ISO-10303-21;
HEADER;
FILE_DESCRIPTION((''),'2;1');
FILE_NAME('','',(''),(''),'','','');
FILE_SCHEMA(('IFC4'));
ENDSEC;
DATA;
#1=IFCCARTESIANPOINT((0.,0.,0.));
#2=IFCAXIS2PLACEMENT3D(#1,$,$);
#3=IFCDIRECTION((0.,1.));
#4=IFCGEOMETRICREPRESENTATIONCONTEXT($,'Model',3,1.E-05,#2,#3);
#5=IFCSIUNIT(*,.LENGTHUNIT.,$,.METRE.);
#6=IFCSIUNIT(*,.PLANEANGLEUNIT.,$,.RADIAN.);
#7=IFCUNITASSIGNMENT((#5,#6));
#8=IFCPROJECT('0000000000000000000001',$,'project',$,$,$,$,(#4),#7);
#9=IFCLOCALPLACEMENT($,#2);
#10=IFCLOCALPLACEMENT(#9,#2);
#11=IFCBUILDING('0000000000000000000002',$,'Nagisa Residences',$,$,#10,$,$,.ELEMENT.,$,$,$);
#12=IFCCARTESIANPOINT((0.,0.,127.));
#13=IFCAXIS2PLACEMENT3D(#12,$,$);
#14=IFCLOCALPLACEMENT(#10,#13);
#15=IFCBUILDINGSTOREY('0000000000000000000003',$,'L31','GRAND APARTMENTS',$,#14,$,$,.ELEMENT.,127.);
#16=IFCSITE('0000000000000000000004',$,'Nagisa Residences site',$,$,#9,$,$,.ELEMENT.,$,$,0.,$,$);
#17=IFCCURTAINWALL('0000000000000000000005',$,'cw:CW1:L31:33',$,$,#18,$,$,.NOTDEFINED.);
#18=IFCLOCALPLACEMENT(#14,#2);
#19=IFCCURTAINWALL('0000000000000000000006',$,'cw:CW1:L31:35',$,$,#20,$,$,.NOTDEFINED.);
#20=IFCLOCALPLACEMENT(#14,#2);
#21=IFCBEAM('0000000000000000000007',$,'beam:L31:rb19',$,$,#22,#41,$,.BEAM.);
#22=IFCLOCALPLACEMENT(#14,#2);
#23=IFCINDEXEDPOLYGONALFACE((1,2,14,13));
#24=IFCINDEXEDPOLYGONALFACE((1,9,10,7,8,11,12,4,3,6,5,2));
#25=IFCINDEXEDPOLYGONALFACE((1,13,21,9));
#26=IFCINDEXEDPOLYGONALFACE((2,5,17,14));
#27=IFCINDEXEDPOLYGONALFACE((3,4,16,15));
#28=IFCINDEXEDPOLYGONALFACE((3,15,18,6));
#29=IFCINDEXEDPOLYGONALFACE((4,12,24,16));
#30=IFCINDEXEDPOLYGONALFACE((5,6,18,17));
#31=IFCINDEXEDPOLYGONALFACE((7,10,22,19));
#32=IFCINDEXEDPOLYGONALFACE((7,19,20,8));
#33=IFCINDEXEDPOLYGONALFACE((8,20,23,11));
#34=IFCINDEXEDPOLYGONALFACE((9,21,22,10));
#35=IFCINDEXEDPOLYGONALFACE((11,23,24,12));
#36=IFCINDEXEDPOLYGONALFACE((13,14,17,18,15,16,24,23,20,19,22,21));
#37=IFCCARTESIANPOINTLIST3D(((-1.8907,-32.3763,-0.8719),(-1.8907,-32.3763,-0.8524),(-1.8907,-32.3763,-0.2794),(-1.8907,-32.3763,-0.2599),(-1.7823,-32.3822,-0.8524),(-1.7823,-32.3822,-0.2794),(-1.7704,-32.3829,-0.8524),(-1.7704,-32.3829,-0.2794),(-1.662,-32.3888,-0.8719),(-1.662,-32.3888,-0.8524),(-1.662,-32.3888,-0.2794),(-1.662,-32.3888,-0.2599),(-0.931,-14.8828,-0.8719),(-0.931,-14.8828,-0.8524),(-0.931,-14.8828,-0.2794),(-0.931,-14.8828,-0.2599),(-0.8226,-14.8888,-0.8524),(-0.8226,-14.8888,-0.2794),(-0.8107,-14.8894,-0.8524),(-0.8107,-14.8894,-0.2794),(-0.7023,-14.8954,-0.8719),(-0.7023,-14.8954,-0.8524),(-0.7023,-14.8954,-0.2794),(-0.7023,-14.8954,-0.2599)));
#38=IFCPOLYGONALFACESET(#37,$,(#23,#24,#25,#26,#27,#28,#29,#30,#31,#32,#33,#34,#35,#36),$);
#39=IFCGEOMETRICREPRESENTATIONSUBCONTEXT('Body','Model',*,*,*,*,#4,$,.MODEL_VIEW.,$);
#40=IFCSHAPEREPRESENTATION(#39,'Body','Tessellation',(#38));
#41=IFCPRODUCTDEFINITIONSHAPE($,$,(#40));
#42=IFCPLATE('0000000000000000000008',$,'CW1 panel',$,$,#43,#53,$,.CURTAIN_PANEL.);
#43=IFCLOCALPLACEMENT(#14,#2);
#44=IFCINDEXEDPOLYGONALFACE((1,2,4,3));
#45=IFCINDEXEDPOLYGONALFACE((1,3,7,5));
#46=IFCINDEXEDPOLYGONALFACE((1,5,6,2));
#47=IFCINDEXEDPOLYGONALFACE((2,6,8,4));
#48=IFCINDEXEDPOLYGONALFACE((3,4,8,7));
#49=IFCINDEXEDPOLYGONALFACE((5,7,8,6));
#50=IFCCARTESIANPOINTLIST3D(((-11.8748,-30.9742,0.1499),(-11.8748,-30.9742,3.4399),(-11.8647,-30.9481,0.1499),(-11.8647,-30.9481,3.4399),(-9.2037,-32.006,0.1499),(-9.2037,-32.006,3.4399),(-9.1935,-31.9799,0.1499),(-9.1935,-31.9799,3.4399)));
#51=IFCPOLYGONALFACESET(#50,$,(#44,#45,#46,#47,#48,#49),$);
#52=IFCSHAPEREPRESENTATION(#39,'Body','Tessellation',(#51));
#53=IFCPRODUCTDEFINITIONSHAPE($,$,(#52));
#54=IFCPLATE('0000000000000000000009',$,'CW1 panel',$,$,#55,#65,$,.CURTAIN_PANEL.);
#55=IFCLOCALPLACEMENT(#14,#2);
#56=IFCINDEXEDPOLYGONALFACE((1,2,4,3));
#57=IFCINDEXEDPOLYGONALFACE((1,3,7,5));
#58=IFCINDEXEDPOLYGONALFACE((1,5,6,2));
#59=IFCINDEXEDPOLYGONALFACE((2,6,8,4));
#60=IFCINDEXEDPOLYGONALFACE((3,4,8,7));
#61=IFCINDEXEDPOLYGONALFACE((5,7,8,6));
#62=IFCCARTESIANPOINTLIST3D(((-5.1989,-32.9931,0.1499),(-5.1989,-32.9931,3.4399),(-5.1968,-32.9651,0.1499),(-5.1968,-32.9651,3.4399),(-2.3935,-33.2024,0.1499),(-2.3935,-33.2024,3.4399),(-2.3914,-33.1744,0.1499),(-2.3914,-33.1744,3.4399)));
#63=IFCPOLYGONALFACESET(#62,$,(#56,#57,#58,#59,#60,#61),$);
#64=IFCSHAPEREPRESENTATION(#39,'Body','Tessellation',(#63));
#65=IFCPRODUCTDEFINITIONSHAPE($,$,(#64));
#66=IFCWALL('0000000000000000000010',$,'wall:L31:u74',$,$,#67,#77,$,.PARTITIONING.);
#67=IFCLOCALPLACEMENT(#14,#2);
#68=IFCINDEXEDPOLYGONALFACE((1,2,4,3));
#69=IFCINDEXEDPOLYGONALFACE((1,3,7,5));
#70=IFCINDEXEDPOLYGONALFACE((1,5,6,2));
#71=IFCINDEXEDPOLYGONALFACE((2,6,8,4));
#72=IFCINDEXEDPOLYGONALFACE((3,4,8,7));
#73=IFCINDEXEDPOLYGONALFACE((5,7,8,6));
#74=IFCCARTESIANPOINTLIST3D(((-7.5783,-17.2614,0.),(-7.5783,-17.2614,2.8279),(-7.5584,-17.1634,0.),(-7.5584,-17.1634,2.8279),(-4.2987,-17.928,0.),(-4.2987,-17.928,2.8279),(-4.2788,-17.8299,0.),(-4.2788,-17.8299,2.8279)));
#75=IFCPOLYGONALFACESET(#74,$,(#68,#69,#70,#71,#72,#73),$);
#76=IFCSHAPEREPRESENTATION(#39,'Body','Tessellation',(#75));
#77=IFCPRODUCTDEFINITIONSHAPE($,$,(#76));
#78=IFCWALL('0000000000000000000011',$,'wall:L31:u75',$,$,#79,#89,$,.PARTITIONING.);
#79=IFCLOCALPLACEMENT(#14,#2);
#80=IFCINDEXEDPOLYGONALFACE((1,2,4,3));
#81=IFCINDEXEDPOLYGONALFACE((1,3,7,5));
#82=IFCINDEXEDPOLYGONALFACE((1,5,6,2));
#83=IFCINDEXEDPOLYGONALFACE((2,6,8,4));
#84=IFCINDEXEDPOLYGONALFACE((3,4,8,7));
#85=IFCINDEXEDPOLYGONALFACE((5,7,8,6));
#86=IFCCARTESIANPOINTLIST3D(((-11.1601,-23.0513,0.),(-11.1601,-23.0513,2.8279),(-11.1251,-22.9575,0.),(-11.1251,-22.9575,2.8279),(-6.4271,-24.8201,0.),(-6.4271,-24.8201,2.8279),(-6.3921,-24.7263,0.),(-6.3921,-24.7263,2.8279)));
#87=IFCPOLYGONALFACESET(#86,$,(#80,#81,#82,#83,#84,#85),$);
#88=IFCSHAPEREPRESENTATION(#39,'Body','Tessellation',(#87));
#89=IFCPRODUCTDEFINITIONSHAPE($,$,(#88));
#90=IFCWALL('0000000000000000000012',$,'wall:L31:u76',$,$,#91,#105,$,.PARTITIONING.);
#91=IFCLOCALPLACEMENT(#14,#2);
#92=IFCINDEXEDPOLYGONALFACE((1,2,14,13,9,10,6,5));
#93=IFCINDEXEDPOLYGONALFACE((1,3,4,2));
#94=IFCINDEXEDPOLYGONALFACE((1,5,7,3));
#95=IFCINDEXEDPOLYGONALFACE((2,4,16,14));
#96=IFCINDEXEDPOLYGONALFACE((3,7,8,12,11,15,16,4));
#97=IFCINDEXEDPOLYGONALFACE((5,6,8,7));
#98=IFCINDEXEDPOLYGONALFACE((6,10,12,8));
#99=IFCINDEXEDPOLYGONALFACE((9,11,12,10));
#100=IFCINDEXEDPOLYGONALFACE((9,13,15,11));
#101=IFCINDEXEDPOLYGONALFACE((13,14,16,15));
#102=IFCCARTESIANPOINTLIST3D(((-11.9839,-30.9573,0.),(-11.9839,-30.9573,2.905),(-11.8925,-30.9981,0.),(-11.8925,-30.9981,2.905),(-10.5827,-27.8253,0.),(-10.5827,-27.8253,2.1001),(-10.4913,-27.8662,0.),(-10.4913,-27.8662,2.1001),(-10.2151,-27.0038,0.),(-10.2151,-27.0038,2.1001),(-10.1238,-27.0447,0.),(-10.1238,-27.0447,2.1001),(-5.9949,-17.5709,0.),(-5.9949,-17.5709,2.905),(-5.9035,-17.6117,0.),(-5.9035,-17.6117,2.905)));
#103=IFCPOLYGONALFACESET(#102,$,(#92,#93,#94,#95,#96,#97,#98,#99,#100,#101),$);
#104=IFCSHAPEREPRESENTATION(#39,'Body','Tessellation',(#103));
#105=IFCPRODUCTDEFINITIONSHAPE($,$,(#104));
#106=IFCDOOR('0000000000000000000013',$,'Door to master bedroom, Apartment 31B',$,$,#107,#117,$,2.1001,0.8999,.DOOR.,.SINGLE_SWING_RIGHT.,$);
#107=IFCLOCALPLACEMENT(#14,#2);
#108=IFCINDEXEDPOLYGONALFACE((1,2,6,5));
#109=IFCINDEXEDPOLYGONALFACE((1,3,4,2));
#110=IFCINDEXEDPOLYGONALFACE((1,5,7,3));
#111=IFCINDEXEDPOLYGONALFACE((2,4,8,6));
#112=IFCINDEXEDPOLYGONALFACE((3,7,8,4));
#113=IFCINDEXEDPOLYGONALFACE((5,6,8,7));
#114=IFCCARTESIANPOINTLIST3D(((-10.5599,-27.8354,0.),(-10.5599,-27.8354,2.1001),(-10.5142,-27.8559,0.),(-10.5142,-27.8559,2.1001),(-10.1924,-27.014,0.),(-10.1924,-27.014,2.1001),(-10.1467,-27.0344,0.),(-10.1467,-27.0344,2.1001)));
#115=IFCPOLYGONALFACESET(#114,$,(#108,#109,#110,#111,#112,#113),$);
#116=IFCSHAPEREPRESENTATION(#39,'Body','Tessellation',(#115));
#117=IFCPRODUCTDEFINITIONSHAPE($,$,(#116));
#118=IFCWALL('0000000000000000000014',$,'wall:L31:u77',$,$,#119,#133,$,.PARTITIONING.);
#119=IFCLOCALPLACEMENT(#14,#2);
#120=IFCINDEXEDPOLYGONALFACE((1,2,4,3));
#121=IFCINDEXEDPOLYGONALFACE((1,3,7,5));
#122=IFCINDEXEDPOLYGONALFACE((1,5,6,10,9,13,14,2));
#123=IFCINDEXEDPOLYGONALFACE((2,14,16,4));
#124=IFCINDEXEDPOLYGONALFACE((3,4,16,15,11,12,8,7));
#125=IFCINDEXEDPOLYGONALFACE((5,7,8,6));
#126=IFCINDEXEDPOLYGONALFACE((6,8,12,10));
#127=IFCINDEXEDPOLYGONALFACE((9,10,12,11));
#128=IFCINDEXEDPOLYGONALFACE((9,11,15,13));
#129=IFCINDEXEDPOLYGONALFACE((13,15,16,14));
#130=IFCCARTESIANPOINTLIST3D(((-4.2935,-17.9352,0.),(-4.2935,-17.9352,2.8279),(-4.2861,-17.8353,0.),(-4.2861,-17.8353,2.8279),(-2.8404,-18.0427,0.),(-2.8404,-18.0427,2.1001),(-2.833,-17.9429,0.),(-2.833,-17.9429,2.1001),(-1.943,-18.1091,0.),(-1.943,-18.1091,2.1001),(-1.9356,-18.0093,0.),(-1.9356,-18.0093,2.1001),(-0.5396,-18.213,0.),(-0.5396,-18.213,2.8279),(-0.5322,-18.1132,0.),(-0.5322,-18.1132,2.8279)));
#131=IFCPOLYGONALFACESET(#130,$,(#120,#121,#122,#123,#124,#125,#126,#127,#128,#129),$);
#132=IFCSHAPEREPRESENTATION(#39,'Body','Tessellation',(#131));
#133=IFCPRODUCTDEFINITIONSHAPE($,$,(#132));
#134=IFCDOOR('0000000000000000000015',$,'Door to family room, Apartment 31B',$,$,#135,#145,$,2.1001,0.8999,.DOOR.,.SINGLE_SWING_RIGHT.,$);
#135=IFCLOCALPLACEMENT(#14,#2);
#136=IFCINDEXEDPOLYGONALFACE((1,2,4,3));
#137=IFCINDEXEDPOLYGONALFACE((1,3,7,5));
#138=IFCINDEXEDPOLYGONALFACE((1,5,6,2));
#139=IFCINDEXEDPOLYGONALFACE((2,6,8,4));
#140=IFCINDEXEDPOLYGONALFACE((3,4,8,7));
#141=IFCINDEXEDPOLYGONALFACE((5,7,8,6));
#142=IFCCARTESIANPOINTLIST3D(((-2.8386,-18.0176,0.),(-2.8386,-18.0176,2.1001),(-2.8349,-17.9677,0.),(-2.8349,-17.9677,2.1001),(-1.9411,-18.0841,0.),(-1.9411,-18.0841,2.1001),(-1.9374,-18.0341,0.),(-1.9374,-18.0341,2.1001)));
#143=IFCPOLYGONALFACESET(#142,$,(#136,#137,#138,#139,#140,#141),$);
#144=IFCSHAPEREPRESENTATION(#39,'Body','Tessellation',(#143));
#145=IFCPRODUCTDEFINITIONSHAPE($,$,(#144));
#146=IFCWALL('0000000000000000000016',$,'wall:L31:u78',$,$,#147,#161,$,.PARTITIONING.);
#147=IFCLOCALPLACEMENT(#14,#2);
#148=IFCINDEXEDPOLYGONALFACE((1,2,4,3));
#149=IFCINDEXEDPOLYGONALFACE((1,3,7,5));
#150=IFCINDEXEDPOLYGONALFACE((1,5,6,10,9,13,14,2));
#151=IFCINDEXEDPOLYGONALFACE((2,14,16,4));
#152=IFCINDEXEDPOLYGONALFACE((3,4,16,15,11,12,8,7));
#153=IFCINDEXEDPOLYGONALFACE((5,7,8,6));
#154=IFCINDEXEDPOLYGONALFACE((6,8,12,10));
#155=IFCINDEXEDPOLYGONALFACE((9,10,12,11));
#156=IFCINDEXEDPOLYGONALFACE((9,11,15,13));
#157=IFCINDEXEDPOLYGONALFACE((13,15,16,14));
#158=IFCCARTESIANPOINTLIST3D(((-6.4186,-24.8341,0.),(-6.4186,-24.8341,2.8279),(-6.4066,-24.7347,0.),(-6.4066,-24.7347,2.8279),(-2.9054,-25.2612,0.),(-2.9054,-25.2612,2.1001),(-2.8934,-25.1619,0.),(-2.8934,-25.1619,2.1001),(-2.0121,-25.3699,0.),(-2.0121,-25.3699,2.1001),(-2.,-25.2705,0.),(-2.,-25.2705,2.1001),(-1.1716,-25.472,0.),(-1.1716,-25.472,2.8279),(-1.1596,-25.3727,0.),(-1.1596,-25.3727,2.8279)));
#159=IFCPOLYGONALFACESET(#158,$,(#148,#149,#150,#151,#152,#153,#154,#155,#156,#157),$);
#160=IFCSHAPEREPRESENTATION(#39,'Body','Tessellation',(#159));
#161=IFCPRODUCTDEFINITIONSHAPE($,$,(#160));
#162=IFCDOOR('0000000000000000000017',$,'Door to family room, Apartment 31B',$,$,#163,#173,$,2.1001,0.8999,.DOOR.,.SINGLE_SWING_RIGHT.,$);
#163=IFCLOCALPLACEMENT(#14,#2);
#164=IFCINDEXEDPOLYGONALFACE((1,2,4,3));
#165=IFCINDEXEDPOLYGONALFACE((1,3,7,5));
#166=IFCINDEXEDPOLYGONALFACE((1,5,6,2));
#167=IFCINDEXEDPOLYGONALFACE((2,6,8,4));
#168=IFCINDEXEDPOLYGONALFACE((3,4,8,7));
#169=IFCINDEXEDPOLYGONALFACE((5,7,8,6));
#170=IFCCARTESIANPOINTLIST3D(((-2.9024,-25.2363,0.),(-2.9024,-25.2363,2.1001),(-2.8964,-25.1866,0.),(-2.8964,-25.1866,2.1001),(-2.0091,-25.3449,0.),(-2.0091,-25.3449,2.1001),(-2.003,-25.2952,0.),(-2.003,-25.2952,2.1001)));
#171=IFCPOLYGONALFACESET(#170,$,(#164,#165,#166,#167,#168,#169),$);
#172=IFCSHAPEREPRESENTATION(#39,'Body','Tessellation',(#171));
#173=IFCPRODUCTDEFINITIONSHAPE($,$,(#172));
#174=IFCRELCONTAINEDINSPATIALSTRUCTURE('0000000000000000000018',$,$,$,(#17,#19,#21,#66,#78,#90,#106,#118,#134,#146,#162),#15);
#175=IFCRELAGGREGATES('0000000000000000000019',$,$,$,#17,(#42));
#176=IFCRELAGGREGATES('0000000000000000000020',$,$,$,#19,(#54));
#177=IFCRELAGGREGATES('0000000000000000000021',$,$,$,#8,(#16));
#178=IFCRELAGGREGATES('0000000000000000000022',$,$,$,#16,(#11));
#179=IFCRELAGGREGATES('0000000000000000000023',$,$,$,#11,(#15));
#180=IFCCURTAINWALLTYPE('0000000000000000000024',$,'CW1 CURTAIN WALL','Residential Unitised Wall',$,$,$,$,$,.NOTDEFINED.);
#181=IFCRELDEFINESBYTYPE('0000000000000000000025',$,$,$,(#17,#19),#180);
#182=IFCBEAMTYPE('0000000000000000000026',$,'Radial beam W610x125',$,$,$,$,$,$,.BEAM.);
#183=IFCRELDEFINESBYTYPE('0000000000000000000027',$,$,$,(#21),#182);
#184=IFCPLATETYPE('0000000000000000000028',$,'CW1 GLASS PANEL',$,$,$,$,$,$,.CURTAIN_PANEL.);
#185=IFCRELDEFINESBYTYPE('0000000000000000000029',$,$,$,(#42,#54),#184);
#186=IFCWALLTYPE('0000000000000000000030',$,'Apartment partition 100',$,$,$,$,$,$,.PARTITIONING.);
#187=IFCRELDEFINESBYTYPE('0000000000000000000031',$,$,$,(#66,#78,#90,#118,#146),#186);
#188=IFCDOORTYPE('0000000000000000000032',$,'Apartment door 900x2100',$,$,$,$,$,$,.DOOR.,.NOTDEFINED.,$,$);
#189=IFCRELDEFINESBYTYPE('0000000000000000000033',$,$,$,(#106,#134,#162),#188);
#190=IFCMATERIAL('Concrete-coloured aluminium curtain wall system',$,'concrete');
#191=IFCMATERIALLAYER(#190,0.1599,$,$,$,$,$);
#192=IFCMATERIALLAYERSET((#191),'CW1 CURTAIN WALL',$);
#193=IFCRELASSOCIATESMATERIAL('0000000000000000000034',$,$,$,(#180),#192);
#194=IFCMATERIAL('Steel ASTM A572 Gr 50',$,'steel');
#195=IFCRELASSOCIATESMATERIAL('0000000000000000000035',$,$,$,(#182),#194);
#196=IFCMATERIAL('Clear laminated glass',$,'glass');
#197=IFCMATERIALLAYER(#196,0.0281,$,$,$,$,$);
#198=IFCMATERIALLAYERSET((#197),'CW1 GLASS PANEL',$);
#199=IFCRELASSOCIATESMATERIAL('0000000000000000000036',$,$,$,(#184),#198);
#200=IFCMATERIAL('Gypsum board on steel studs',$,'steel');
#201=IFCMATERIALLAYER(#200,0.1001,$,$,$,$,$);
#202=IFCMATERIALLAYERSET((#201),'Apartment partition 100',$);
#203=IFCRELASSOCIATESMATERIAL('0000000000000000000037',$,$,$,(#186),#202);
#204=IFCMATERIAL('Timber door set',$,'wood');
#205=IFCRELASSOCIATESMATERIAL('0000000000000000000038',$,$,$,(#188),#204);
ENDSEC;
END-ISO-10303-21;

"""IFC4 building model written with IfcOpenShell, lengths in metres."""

from ifc_helpers import new_model, si_unit, direction, frame, frame_2d, origin, origin_2d, place, context, subcontext, project, spatial, rectangle, i_section, extrude, material, layer, layer_set, material_profile, profile_set, type_object, element, fill, aggregate, save


model = new_model("IFC4")

# Units and contexts
model_context = context("Model", 3, precision=1e-05, world=origin(), true_north=direction((0.0, 1.0)))
body_context = subcontext(model_context, "Body", "Model", "MODEL_VIEW")
ifc_project = project(units=[si_unit("LENGTHUNIT", "METRE"), si_unit("PLANEANGLEUNIT", "RADIAN")], contexts=[model_context])

# Site, building, storey
site_placement = place(None, origin())
site = spatial("IfcSite", under=ifc_project, at=site_placement, Name="Nagisa Residences site", CompositionType="ELEMENT", RefElevation=0.0)
building_placement = place(site_placement, origin())
building = spatial("IfcBuilding", under=site, at=building_placement, Name="Nagisa Residences", CompositionType="ELEMENT")
storey_placement = place(building_placement, frame((0.0, 0.0, 127.0)))
storey = spatial("IfcBuildingStorey", under=building, at=storey_placement, Name="L31", Description="GRAND APARTMENTS", CompositionType="ELEMENT", Elevation=127.0)

# Curtain walls
ifc_material_1 = material(Name="Concrete-coloured aluminium curtain wall system", Category="concrete")
ifc_layer_1 = layer(ifc_material_1, 0.1599)
ifc_layer_set_1 = layer_set([ifc_layer_1], Name="CW1 CURTAIN WALL")
curtain_wall_type = type_object("IfcCurtainWallType", Name="CW1 CURTAIN WALL", Description="Residential Unitised Wall", PredefinedType="NOTDEFINED", material=ifc_layer_set_1)
curtain_wall_1_placement = place(storey_placement, origin())
curtain_wall_1 = element("IfcCurtainWall", 1, at=curtain_wall_1_placement, inside=storey, type_object=curtain_wall_type, Name="cw:CW1:L31:33", PredefinedType="NOTDEFINED")
curtain_wall_2_placement = place(storey_placement, origin())
curtain_wall_2 = element("IfcCurtainWall", 2, at=curtain_wall_2_placement, inside=storey, type_object=curtain_wall_type, Name="cw:CW1:L31:35", PredefinedType="NOTDEFINED")

# Beam
ifc_material_2 = material(Name="Steel ASTM A572 Gr 50", Category="steel")
ifc_material_profile_1 = material_profile(ifc_material_2, i_section(OverallWidth=0.229, OverallDepth=0.6121, WebThickness=0.012, FlangeThickness=0.0195, at=origin_2d()), Name="W610x125")
ifc_profile_set_1 = profile_set([ifc_material_profile_1], Name="Steel ASTM A572 Gr 50")
beam_type_1 = type_object("IfcBeamType", Name="Radial beam W610x125", PredefinedType="BEAM", material=ifc_profile_set_1)
beam_1_placement = place(storey_placement, frame((-1.7764, -32.3826, -0.5659), z_axis=(0.054779, 0.998498, 0.0), x_axis=(-0.998498, 0.054779, 0.0)))
element("IfcBeam", 3, at=beam_1_placement, inside=storey, type_object=beam_type_1, Name="beam:L31:rb19", PredefinedType="BEAM", context=body_context, shape_type="SweptSolid", body=[
    extrude(i_section(OverallWidth=0.229, OverallDepth=0.6121, WebThickness=0.012, FlangeThickness=0.0195, at=origin_2d()), origin(), (0.0, 0.0, 1.0), 17.5198),
])

# Plates
ifc_material_3 = material(Name="Clear laminated glass", Category="glass")
ifc_layer_2 = layer(ifc_material_3, 0.0281)
ifc_layer_set_2 = layer_set([ifc_layer_2], Name="CW1 GLASS PANEL")
plate_type = type_object("IfcPlateType", Name="CW1 GLASS PANEL", PredefinedType="CURTAIN_PANEL", material=ifc_layer_set_2)
plate_1_placement = place(storey_placement, frame((-10.5342, -31.4771, 0.1499), z_axis=(0.0, 0.0, 1.0), x_axis=(0.932826, -0.360328, 0.0)))
plate_1 = element("IfcPlate", 4, at=plate_1_placement, type_object=plate_type, Name="CW1 panel", PredefinedType="CURTAIN_PANEL", context=body_context, shape_type="SweptSolid", body=[
    extrude(rectangle(XDim=2.8635, YDim=0.0281, at=origin_2d()), origin(), (0.0, 0.0, 1.0), 3.29),
])
aggregate(curtain_wall_1, [plate_1])
plate_2_placement = place(storey_placement, frame((-3.7952, -33.0837, 0.1499), z_axis=(0.0, 0.0, 1.0), x_axis=(0.99723, -0.074377, 0.0)))
plate_2 = element("IfcPlate", 5, at=plate_2_placement, type_object=plate_type, Name="CW1 panel", PredefinedType="CURTAIN_PANEL", context=body_context, shape_type="SweptSolid", body=[
    extrude(rectangle(XDim=2.8132, YDim=0.0281, at=origin_2d()), origin(), (0.0, 0.0, 1.0), 3.29),
])
aggregate(curtain_wall_2, [plate_2])

# Walls
ifc_material_4 = material(Name="Gypsum board on steel studs", Category="steel")
ifc_layer_3 = layer(ifc_material_4, 0.1001)
ifc_layer_set_3 = layer_set([ifc_layer_3], Name="Apartment partition 100")
wall_type_1 = type_object("IfcWallType", Name="Apartment partition 100", PredefinedType="PARTITIONING", material=ifc_layer_set_3)
wall_1_placement = place(storey_placement, frame((-7.5684, -17.2124, 0.0), z_axis=(0.0, 0.0, 1.0), x_axis=(0.979967, -0.19916, 0.0)))
element("IfcWall", 6, at=wall_1_placement, inside=storey, type_object=wall_type_1, Name="wall:L31:u74", PredefinedType="PARTITIONING", context=body_context, shape_type="SweptSolid", body=[
    extrude(rectangle(XDim=3.3467, YDim=0.1001, at=frame_2d((1.6733, 0.0))), origin(), (0.0, 0.0, 1.0), 2.8279),
])
wall_2_placement = place(storey_placement, frame((-11.1426, -23.0044, 0.0), z_axis=(0.0, 0.0, 1.0), x_axis=(0.936722, -0.350075, 0.0)))
element("IfcWall", 7, at=wall_2_placement, inside=storey, type_object=wall_type_1, Name="wall:L31:u75", PredefinedType="PARTITIONING", context=body_context, shape_type="SweptSolid", body=[
    extrude(rectangle(XDim=5.0527, YDim=0.1001, at=frame_2d((2.5264, 0.0))), origin(), (0.0, 0.0, 1.0), 2.8279),
])

# Walls, openings, doors
wall_3_placement = place(storey_placement, frame((-5.9492, -17.5913, 0.0), z_axis=(0.0, 0.0, 1.0), x_axis=(-0.408385, -0.91281, 0.0)))
wall_3 = element("IfcWall", 8, at=wall_3_placement, inside=storey, type_object=wall_type_1, Name="wall:L31:u76", PredefinedType="PARTITIONING", context=body_context, shape_type="SweptSolid", body=[
    extrude(rectangle(XDim=14.665, YDim=0.1001, at=frame_2d((7.3325, 0.0))), origin(), (0.0, 0.0, 1.0), 2.905),
])
opening_1_placement = place(wall_3_placement, frame((10.334, 0.0, 0.0)))
opening_1 = element("IfcOpeningElement", 9, at=opening_1_placement, cuts=wall_3, PredefinedType="OPENING", context=body_context, shape_type="SweptSolid", body=[
    extrude(rectangle(XDim=0.8999, YDim=2.1001, at=frame_2d((0.45, 1.05))), frame((0.0, 0.0601, 0.0), z_axis=(0.0, -1.0, 0.0), x_axis=(1.0, 0.0, 0.0)), (0.0, 0.0, 1.0), 0.1201),
])
ifc_material_5 = material(Name="Timber door set", Category="wood")
door_type_1 = type_object("IfcDoorType", Name="Apartment door 900x2100", OperationType="NOTDEFINED", PredefinedType="DOOR", material=ifc_material_5)
door_1_placement = place(opening_1_placement, origin())
door_1 = element("IfcDoor", 10, at=door_1_placement, inside=storey, type_object=door_type_1, Name="Door to master bedroom, Apartment 31B", OperationType="SINGLE_SWING_RIGHT", OverallHeight=2.1001, OverallWidth=0.8999, PredefinedType="DOOR", context=body_context, shape_type="SweptSolid", body=[
    extrude(rectangle(XDim=0.8999, YDim=2.1001, at=frame_2d((0.45, 1.05))), frame((0.0, 0.0249, 0.0), z_axis=(0.0, -1.0, 0.0), x_axis=(1.0, 0.0, 0.0)), (0.0, 0.0, 1.0), 0.05),
])
fill(opening_1, door_1)
wall_4_placement = place(storey_placement, frame((-4.2898, -17.8853, 0.0), z_axis=(0.0, 0.0, 1.0), x_axis=(0.997272, -0.07381, 0.0)))
wall_4 = element("IfcWall", 11, at=wall_4_placement, inside=storey, type_object=wall_type_1, Name="wall:L31:u77", PredefinedType="PARTITIONING", context=body_context, shape_type="SweptSolid", body=[
    extrude(rectangle(XDim=3.7642, YDim=0.1001, at=frame_2d((1.8821, 0.0))), origin(), (0.0, 0.0, 1.0), 2.8279),
])
opening_2_placement = place(wall_4_placement, frame((1.457, 0.0, 0.0)))
opening_2 = element("IfcOpeningElement", 12, at=opening_2_placement, cuts=wall_4, PredefinedType="OPENING", context=body_context, shape_type="SweptSolid", body=[
    extrude(rectangle(XDim=0.8999, YDim=2.1001, at=frame_2d((0.45, 1.05))), frame((0.0, 0.0601, 0.0), z_axis=(0.0, -1.0, 0.0), x_axis=(1.0, 0.0, 0.0)), (0.0, 0.0, 1.0), 0.1201),
])
door_2_placement = place(opening_2_placement, frame((0.8999, 0.0, 0.0), x_axis=(-1.0, 0.0, 0.0)))
door_2 = element("IfcDoor", 13, at=door_2_placement, inside=storey, type_object=door_type_1, Name="Door to family room, Apartment 31B", OperationType="SINGLE_SWING_RIGHT", OverallHeight=2.1001, OverallWidth=0.8999, PredefinedType="DOOR", context=body_context, shape_type="SweptSolid", body=[
    extrude(rectangle(XDim=0.8999, YDim=2.1001, at=frame_2d((0.45, 1.05))), frame((0.0, 0.0249, 0.0), z_axis=(0.0, -1.0, 0.0), x_axis=(1.0, 0.0, 0.0)), (0.0, 0.0, 1.0), 0.05),
])
fill(opening_2, door_2)
wall_5_placement = place(storey_placement, frame((-6.4126, -24.7844, 0.0), z_axis=(0.0, 0.0, 1.0), x_axis=(0.99269, -0.120691, 0.0)))
wall_5 = element("IfcWall", 14, at=wall_5_placement, inside=storey, type_object=wall_type_1, Name="wall:L31:u78", PredefinedType="PARTITIONING", context=body_context, shape_type="SweptSolid", body=[
    extrude(rectangle(XDim=5.2856, YDim=0.1001, at=frame_2d((2.6428, 0.0))), origin(), (0.0, 0.0, 1.0), 2.8279),
])
opening_3_placement = place(wall_5_placement, frame((3.5391, 0.0, 0.0)))
opening_3 = element("IfcOpeningElement", 15, at=opening_3_placement, cuts=wall_5, PredefinedType="OPENING", context=body_context, shape_type="SweptSolid", body=[
    extrude(rectangle(XDim=0.8999, YDim=2.1001, at=frame_2d((0.45, 1.05))), frame((0.0, 0.0601, 0.0), z_axis=(0.0, -1.0, 0.0), x_axis=(1.0, 0.0, 0.0)), (0.0, 0.0, 1.0), 0.1201),
])
door_3_placement = place(opening_3_placement, frame((0.8999, 0.0, 0.0), x_axis=(-1.0, 0.0, 0.0)))
door_3 = element("IfcDoor", 16, at=door_3_placement, inside=storey, type_object=door_type_1, Name="Door to family room, Apartment 31B", OperationType="SINGLE_SWING_RIGHT", OverallHeight=2.1001, OverallWidth=0.8999, PredefinedType="DOOR", context=body_context, shape_type="SweptSolid", body=[
    extrude(rectangle(XDim=0.8999, YDim=2.1001, at=frame_2d((0.45, 1.05))), frame((0.0, 0.0249, 0.0), z_axis=(0.0, -1.0, 0.0), x_axis=(1.0, 0.0, 0.0)), (0.0, 0.0, 1.0), 0.05),
])
fill(opening_3, door_3)

save(model, "model.ifc")
